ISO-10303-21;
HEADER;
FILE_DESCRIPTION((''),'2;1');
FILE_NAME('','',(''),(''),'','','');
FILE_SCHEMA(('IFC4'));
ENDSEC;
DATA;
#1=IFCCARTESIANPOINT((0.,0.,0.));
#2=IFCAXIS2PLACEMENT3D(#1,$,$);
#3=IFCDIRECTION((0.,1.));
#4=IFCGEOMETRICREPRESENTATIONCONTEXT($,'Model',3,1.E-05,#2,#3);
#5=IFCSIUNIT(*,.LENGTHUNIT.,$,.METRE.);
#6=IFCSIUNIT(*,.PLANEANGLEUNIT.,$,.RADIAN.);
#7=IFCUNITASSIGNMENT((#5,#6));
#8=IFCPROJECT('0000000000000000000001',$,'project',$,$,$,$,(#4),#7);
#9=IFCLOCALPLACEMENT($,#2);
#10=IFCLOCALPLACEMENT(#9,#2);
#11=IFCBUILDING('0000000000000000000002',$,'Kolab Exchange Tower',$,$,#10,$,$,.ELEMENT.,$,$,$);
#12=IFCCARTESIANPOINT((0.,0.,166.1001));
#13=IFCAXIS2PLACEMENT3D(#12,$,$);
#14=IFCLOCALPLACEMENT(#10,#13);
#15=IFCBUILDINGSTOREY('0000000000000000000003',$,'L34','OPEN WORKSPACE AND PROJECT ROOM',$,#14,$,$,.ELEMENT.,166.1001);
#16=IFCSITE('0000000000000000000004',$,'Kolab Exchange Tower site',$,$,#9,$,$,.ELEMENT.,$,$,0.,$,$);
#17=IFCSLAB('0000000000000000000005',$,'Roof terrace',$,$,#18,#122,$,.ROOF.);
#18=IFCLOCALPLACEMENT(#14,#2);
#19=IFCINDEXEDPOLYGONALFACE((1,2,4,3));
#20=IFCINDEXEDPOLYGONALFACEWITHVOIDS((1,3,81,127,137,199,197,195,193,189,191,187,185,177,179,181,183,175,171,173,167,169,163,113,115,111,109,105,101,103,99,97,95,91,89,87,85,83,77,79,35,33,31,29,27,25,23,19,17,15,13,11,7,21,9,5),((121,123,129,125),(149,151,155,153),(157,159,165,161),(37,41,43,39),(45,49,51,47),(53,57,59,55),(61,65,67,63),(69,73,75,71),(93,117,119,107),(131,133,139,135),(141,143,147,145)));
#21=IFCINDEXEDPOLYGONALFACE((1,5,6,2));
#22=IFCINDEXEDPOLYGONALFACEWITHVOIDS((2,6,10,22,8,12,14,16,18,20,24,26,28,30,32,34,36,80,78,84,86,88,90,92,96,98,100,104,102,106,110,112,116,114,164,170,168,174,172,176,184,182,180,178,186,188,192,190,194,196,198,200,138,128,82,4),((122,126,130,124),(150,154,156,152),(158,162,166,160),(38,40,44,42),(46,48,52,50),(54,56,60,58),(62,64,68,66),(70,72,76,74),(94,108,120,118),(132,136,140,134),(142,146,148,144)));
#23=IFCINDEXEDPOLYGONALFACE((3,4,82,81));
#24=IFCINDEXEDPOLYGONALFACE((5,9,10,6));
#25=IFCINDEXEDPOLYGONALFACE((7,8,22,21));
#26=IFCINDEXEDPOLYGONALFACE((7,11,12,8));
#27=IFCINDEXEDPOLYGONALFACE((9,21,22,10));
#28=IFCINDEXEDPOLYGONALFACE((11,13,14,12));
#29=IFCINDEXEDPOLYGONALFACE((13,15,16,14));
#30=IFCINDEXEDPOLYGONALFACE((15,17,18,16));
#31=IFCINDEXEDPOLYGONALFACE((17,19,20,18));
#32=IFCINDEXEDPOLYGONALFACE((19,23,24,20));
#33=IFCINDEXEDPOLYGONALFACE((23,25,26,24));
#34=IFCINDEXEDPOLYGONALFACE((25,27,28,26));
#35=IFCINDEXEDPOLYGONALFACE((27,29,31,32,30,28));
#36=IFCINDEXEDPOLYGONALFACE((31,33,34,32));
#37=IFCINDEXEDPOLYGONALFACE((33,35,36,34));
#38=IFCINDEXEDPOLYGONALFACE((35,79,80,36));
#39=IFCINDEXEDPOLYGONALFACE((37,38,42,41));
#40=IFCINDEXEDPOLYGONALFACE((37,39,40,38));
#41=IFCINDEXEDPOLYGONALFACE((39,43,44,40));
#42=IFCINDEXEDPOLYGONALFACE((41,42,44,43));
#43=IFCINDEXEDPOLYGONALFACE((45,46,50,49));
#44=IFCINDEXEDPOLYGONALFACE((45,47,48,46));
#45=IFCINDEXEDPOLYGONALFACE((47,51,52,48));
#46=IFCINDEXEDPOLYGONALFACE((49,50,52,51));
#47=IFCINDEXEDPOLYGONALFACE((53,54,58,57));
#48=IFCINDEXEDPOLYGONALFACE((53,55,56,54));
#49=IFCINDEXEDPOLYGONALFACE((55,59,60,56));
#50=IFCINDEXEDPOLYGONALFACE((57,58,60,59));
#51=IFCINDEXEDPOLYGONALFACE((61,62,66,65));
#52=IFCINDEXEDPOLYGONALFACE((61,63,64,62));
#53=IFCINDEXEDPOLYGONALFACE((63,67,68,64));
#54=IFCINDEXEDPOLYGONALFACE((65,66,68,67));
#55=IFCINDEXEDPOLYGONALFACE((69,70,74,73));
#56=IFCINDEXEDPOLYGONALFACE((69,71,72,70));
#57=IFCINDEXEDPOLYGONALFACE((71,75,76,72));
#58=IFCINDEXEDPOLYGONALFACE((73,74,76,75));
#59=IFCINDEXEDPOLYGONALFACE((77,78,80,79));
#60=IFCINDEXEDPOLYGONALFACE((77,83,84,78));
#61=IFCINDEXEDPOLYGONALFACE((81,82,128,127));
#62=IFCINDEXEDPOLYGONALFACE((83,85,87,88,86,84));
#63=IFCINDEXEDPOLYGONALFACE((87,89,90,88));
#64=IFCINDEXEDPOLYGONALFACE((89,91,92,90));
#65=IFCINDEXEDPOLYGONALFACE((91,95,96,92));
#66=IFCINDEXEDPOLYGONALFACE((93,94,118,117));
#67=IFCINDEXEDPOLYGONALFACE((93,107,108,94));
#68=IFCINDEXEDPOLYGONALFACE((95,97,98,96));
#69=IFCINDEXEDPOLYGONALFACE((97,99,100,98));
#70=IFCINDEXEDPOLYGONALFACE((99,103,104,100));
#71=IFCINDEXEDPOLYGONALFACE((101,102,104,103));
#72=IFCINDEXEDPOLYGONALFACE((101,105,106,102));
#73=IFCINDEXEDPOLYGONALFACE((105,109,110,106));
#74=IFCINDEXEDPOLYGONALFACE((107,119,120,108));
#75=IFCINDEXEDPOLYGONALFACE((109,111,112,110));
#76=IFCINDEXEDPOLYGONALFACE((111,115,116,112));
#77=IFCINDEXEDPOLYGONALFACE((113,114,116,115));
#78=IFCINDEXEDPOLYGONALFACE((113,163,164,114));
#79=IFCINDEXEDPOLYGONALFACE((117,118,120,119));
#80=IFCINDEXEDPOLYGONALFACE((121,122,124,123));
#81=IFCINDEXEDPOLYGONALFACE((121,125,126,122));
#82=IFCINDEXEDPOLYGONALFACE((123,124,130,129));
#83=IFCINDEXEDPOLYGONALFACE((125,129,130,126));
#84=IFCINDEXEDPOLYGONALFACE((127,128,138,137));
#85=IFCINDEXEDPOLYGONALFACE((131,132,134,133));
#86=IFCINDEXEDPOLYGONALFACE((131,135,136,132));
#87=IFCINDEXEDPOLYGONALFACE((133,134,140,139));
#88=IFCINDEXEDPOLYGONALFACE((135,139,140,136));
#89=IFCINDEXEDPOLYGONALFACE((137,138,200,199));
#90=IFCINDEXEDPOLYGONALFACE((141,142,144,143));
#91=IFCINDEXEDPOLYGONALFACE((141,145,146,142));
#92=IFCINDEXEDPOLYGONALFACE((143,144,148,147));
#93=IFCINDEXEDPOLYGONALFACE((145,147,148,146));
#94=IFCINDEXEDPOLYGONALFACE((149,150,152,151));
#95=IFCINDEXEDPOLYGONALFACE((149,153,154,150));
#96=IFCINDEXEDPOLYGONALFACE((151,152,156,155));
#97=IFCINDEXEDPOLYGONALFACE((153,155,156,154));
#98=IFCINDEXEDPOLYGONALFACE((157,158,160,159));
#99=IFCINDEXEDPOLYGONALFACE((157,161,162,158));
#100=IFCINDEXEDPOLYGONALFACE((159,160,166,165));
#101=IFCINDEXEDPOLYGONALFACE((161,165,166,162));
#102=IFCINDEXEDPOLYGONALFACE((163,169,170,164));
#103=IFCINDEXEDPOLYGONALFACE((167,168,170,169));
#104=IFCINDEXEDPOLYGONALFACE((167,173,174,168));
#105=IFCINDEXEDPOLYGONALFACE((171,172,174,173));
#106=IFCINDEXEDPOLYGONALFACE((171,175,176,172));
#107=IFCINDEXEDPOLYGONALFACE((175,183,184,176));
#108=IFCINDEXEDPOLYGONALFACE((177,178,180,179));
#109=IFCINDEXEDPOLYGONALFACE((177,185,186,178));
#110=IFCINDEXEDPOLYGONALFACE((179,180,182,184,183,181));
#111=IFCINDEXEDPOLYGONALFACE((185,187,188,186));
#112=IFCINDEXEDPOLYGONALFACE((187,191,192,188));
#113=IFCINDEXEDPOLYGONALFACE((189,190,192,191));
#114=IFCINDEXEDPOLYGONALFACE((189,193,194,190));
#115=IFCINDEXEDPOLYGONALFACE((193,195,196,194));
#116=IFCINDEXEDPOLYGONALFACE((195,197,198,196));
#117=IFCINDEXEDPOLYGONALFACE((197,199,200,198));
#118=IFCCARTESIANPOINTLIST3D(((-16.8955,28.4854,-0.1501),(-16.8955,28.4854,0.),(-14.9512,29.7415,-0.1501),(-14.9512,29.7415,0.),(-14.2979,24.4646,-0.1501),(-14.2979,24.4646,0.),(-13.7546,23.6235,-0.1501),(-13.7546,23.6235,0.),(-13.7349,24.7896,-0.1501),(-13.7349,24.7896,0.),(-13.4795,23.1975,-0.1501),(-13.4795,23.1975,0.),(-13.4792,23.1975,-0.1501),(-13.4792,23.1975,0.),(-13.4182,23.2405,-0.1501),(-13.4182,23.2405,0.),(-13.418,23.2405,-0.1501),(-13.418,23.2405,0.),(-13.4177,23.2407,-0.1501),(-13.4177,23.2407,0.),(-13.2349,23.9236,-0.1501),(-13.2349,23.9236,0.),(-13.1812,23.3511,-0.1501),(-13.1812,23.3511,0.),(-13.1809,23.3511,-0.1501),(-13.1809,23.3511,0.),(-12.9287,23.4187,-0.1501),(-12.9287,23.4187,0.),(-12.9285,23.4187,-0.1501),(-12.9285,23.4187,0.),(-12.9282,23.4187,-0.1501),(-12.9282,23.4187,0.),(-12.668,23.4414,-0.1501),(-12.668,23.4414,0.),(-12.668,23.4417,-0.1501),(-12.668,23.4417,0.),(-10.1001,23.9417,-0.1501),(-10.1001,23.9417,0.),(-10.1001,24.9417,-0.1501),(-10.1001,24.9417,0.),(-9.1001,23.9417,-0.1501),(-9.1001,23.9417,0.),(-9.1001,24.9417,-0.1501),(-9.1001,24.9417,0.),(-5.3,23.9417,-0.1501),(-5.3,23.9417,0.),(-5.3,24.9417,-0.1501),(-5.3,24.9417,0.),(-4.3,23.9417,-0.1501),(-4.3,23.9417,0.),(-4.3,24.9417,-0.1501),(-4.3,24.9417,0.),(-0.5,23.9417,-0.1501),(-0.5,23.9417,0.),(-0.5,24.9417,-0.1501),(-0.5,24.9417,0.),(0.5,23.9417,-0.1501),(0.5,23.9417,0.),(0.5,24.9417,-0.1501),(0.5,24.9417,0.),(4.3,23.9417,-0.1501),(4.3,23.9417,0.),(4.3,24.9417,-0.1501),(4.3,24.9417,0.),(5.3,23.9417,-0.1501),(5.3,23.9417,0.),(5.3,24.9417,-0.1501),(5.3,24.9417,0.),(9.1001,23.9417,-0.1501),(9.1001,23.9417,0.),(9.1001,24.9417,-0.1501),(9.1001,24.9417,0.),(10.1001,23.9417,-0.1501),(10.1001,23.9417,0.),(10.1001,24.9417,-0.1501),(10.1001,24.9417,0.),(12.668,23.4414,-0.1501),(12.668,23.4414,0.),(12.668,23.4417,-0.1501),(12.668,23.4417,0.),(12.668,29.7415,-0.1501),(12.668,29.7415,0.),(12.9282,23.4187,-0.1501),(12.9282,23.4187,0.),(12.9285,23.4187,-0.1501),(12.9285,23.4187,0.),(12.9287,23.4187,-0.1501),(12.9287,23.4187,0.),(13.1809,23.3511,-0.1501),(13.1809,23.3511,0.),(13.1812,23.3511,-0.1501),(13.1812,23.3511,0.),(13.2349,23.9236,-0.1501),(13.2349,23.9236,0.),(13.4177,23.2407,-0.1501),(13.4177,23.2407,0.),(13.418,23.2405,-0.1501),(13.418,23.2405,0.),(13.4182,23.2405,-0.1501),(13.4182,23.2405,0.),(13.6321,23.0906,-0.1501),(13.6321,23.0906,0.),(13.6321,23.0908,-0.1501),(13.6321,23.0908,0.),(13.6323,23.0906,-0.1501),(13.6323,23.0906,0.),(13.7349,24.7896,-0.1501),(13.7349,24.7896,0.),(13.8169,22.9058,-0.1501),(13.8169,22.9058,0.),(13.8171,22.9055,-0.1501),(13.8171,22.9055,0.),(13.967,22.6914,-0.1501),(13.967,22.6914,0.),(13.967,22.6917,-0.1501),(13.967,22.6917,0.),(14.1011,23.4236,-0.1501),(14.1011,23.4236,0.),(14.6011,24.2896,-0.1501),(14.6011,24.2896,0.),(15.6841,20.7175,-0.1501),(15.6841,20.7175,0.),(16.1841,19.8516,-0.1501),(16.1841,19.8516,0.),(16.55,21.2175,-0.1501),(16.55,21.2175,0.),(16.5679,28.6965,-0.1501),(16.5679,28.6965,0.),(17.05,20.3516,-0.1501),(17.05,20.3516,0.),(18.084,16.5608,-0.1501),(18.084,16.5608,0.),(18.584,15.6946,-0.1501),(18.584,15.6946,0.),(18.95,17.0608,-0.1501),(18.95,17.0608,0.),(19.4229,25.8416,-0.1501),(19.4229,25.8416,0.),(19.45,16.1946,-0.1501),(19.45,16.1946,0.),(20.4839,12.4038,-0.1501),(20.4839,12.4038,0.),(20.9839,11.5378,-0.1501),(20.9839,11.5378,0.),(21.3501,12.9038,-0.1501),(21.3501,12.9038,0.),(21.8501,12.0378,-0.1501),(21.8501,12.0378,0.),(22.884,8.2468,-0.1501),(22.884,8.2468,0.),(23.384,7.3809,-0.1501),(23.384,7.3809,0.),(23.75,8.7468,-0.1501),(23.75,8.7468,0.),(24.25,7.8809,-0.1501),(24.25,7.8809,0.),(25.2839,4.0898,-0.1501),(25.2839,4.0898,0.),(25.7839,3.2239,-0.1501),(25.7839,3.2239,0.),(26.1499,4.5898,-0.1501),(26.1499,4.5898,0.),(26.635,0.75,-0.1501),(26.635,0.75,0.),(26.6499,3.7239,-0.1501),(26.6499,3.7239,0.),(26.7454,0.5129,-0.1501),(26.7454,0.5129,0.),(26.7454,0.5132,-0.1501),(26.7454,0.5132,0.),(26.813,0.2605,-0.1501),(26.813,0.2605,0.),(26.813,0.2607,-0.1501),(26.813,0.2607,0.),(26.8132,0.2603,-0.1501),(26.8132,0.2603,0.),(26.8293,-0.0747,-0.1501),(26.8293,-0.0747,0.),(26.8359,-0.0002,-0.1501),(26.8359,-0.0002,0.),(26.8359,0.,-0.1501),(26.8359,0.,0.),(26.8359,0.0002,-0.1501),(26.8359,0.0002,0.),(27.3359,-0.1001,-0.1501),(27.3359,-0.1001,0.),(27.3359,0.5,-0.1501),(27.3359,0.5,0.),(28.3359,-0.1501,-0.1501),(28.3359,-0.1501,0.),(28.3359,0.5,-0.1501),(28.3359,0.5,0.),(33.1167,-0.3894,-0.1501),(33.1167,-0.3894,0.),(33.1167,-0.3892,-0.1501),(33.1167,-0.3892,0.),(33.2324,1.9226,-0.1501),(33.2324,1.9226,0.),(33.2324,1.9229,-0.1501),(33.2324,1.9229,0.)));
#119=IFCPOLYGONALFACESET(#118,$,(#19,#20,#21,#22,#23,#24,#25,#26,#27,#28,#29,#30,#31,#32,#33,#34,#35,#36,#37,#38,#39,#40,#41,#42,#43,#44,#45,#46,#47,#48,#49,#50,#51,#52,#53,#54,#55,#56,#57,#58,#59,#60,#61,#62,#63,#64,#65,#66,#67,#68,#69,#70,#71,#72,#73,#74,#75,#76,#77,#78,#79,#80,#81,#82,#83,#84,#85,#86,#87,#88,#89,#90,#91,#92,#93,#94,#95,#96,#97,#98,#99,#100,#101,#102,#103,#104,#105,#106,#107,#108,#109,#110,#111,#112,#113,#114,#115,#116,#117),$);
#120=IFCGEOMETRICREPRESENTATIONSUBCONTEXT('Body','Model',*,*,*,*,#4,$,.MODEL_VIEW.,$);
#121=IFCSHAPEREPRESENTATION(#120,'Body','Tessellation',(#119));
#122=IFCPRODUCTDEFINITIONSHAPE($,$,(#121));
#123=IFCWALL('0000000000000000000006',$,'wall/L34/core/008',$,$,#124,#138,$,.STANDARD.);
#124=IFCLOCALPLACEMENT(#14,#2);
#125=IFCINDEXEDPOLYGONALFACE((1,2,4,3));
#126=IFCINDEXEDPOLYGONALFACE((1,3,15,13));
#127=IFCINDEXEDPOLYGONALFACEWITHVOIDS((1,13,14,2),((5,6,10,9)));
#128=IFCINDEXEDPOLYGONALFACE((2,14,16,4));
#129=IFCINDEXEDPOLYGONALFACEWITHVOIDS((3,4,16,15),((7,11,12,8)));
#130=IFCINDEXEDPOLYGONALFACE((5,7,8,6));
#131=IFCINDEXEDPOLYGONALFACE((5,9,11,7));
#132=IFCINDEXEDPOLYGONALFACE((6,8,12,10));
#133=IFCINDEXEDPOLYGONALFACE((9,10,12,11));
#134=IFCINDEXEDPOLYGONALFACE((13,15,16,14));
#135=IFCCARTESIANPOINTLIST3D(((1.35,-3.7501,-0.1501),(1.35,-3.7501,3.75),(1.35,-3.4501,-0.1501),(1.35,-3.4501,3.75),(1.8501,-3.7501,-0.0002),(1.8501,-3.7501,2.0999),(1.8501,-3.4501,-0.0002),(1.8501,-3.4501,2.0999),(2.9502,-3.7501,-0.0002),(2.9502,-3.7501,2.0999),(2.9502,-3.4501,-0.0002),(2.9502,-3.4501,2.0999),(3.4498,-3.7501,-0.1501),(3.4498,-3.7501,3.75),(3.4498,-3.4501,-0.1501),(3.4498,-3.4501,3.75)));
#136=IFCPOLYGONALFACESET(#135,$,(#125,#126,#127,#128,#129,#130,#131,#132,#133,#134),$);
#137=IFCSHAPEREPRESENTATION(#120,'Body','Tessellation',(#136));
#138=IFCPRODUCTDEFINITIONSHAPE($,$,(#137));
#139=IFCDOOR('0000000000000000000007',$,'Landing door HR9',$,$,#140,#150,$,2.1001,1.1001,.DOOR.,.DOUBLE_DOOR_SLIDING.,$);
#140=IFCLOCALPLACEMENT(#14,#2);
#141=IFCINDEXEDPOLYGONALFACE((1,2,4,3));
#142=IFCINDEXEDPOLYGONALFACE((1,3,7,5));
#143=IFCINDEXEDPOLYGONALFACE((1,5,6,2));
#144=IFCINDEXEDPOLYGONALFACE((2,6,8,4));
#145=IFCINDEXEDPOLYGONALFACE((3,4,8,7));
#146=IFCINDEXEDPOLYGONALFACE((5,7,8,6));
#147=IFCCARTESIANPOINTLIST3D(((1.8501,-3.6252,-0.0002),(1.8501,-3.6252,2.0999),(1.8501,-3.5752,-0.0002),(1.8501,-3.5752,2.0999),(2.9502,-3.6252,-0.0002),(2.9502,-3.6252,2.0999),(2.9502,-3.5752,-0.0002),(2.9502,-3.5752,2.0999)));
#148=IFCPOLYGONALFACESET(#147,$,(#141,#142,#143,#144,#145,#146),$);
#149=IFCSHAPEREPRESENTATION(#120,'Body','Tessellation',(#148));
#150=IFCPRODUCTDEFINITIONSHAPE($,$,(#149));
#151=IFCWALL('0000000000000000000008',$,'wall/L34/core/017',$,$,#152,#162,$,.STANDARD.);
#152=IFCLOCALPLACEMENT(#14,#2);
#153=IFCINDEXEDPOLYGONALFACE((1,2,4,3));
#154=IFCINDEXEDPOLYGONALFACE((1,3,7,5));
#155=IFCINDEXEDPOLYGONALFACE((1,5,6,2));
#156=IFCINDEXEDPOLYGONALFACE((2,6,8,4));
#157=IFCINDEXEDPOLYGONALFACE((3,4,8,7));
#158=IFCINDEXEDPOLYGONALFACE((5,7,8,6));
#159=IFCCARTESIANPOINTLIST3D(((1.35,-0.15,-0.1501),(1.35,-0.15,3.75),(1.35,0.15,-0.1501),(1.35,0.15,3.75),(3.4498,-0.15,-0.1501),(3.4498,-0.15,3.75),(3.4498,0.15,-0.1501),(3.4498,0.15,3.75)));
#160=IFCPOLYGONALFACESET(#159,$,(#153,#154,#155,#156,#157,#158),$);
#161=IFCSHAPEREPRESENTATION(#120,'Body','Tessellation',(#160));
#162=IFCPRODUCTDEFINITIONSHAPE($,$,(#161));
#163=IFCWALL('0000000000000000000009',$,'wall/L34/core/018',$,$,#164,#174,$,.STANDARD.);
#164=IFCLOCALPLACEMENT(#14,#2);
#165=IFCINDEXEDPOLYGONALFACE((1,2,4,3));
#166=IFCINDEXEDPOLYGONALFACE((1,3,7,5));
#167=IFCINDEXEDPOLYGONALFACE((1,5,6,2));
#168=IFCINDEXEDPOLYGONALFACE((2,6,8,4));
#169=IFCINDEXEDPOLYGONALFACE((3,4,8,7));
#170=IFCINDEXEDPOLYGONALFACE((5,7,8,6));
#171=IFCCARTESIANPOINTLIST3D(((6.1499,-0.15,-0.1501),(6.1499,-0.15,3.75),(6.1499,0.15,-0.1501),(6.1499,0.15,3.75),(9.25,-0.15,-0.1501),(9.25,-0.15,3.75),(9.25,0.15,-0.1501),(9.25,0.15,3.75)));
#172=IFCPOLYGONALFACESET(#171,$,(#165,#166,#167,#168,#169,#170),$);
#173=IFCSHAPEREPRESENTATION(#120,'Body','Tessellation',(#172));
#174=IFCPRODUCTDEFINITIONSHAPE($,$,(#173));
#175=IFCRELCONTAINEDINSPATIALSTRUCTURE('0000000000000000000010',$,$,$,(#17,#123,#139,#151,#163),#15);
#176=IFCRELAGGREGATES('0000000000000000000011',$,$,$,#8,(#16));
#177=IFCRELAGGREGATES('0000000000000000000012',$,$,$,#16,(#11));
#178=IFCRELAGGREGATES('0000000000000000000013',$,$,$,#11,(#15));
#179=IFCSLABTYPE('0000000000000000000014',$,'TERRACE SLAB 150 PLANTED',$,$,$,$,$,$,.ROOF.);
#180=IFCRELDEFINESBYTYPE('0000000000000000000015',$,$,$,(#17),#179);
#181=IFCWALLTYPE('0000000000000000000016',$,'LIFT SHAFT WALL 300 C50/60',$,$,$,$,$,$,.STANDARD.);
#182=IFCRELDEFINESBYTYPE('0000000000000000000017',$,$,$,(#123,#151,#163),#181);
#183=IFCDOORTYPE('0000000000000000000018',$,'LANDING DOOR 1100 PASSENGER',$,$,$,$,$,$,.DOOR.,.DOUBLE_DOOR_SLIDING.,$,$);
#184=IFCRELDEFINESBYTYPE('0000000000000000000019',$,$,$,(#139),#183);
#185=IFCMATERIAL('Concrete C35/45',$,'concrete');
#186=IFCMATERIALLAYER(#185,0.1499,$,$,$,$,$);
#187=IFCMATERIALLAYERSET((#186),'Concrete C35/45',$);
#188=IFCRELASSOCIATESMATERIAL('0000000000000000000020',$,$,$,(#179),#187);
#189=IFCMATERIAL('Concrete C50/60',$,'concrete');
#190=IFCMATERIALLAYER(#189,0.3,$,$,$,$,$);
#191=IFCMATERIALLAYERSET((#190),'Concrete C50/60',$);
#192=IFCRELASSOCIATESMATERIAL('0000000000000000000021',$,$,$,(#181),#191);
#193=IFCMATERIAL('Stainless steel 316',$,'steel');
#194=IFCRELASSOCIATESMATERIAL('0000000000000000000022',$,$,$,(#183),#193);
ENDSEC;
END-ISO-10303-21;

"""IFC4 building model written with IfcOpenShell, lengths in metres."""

from ifc_helpers import new_model, si_unit, direction, frame, frame_2d, origin, place, context, subcontext, project, spatial, polyline, rectangle, outline, extrude, material, layer, layer_set, type_object, element, fill, save


model = new_model("IFC4")

# Units and contexts
model_context = context("Model", 3, precision=1e-05, world=origin(), true_north=direction((0.0, 1.0)))
body_context = subcontext(model_context, "Body", "Model", "MODEL_VIEW")
ifc_project = project(units=[si_unit("LENGTHUNIT", "METRE"), si_unit("PLANEANGLEUNIT", "RADIAN")], contexts=[model_context])

# Site, building, storey
site_placement = place(None, origin())
site = spatial("IfcSite", under=ifc_project, at=site_placement, Name="Kolab Exchange Tower site", CompositionType="ELEMENT", RefElevation=0.0)
building_placement = place(site_placement, origin())
building = spatial("IfcBuilding", under=site, at=building_placement, Name="Kolab Exchange Tower", CompositionType="ELEMENT")
storey_placement = place(building_placement, frame((0.0, 0.0, 166.1001)))
storey = spatial("IfcBuildingStorey", under=building, at=storey_placement, Name="L34", Description="OPEN WORKSPACE AND PROJECT ROOM", CompositionType="ELEMENT", Elevation=166.1001)

# Shared definitions
ifc_material_1 = material(Name="Concrete C35/45", Category="concrete")

# Shared definitions
ifc_material_2 = material(Name="Concrete C50/60", Category="concrete")

# Slab
ifc_layer_1 = layer(ifc_material_1, 0.1499)
ifc_layer_set_1 = layer_set([ifc_layer_1], Name="Concrete C35/45")
slab_type_1 = type_object("IfcSlabType", Name="TERRACE SLAB 150 PLANTED", PredefinedType="ROOF", material=ifc_layer_set_1)
slab_1_placement = place(storey_placement, frame((0.0, 0.0, -0.1501)))
element("IfcSlab", 1, at=slab_1_placement, inside=storey, type_object=slab_type_1, Name="Roof terrace", PredefinedType="ROOF", context=body_context, shape_type="SweptSolid", body=[
    extrude(outline(polyline([(-16.8955, 28.4854), (-14.2979, 24.4646), (-13.7349, 24.7896), (-13.2349, 23.9236), (-13.7546, 23.6235), (-13.4795, 23.1975), (-13.4792, 23.1975), (-13.4182, 23.2405), (-13.418, 23.2405), (-13.4177, 23.2407), (-13.1812, 23.3511), (-13.1809, 23.3511), (-12.9287, 23.4187), (-12.9285, 23.4187), (-12.9282, 23.4187), (-12.668, 23.4414), (-12.668, 23.4417), (12.668, 23.4417), (12.668, 23.4414), (12.9282, 23.4187), (12.9285, 23.4187), (12.9287, 23.4187), (13.1809, 23.3511), (13.1812, 23.3511), (13.4177, 23.2407), (13.418, 23.2405), (13.4182, 23.2405), (13.6321, 23.0908), (13.6321, 23.0906), (13.6323, 23.0906), (13.8169, 22.9058), (13.8171, 22.9055), (13.967, 22.6917), (13.967, 22.6914), (26.635, 0.75), (26.7454, 0.5132), (26.7454, 0.5129), (26.813, 0.2607), (26.813, 0.2605), (26.8132, 0.2603), (26.8359, 0.0002), (26.8359, 0.0), (26.8359, -0.0002), (26.8293, -0.0747), (27.3359, -0.1001), (27.3359, 0.5), (28.3359, 0.5), (28.3359, -0.1501), (33.1167, -0.3894), (33.1167, -0.3892), (33.2324, 1.9226), (33.2324, 1.9229), (19.4229, 25.8416), (16.5679, 28.6965), (12.668, 29.7415), (-14.9512, 29.7415), (-16.8955, 28.4854)]), holes=[polyline([(-10.1001, 23.9417), (-10.1001, 24.9417), (-9.1001, 24.9417), (-9.1001, 23.9417), (-10.1001, 23.9417)]), polyline([(-5.3, 23.9417), (-5.3, 24.9417), (-4.3, 24.9417), (-4.3, 23.9417), (-5.3, 23.9417)]), polyline([(-0.5, 24.9417), (0.5, 24.9417), (0.5, 23.9417), (-0.5, 23.9417), (-0.5, 24.9417)]), polyline([(4.3, 23.9417), (4.3, 24.9417), (5.3, 24.9417), (5.3, 23.9417), (4.3, 23.9417)]), polyline([(25.2839, 4.0898), (26.1499, 4.5898), (26.6499, 3.7239), (25.7839, 3.2239), (25.2839, 4.0898)]), polyline([(22.884, 8.2468), (23.75, 8.7468), (24.25, 7.8809), (23.384, 7.3809), (22.884, 8.2468)]), polyline([(20.4839, 12.4038), (21.3501, 12.9038), (21.8501, 12.0378), (20.9839, 11.5378), (20.4839, 12.4038)]), polyline([(18.084, 16.5608), (18.95, 17.0608), (19.45, 16.1946), (18.584, 15.6946), (18.084, 16.5608)]), polyline([(15.6841, 20.7175), (16.55, 21.2175), (17.05, 20.3516), (16.1841, 19.8516), (15.6841, 20.7175)]), polyline([(13.2349, 23.9236), (13.7349, 24.7896), (14.6011, 24.2896), (14.1011, 23.4236), (13.2349, 23.9236)]), polyline([(9.1001, 24.9417), (10.1001, 24.9417), (10.1001, 23.9417), (9.1001, 23.9417), (9.1001, 24.9417)])]), origin(), (0.0, 0.0, 1.0), 0.1501),
])

# Wall, opening, door
ifc_layer_2 = layer(ifc_material_2, 0.3)
ifc_layer_set_2 = layer_set([ifc_layer_2], Name="Concrete C50/60")
wall_type_1 = type_object("IfcWallType", Name="LIFT SHAFT WALL 300 C50/60", PredefinedType="STANDARD", material=ifc_layer_set_2)
wall_1_placement = place(storey_placement, frame((1.3501, -3.6001, -0.1501), z_axis=(0.0, 0.0, 1.0), x_axis=(1.0, 0.0, 0.0)))
wall_1 = element("IfcWall", 2, at=wall_1_placement, inside=storey, type_object=wall_type_1, Name="wall/L34/core/008", PredefinedType="STANDARD", context=body_context, shape_type="SweptSolid", body=[
    extrude(rectangle(XDim=2.0999, YDim=0.3, at=frame_2d((1.0498, 0.0))), origin(), (0.0, 0.0, 1.0), 3.9001),
])
opening_1_placement = place(wall_1_placement, frame((0.5, 0.0, 0.1499)))
opening_1 = element("IfcOpeningElement", 3, at=opening_1_placement, cuts=wall_1, PredefinedType="OPENING", context=body_context, shape_type="SweptSolid", body=[
    extrude(rectangle(XDim=1.1001, YDim=2.1001, at=frame_2d((0.55, 1.05))), frame((0.0, 0.1602, 0.0), z_axis=(0.0, -1.0, 0.0), x_axis=(1.0, 0.0, 0.0)), (0.0, 0.0, 1.0), 0.3201),
])
ifc_material_3 = material(Name="Stainless steel 316", Category="steel")
door_type_1 = type_object("IfcDoorType", Name="LANDING DOOR 1100 PASSENGER", OperationType="DOUBLE_DOOR_SLIDING", PredefinedType="DOOR", material=ifc_material_3)
door_1_placement = place(opening_1_placement, origin())
door_1 = element("IfcDoor", 4, at=door_1_placement, inside=storey, type_object=door_type_1, Name="Landing door HR9", OperationType="DOUBLE_DOOR_SLIDING", OverallHeight=2.1001, OverallWidth=1.1001, PredefinedType="DOOR", context=body_context, shape_type="SweptSolid", body=[
    extrude(rectangle(XDim=1.1001, YDim=2.1001, at=frame_2d((0.55, 1.05))), frame((0.0, 0.0249, 0.0), z_axis=(0.0, -1.0, 0.0), x_axis=(1.0, 0.0, 0.0)), (0.0, 0.0, 1.0), 0.05),
])
fill(opening_1, door_1)

# Walls
wall_2_placement = place(storey_placement, frame((1.3501, 0.0, -0.1501), z_axis=(0.0, 0.0, 1.0), x_axis=(1.0, 0.0, 0.0)))
element("IfcWall", 5, at=wall_2_placement, inside=storey, type_object=wall_type_1, Name="wall/L34/core/017", PredefinedType="STANDARD", context=body_context, shape_type="SweptSolid", body=[
    extrude(rectangle(XDim=2.0999, YDim=0.3, at=frame_2d((1.0498, 0.0))), origin(), (0.0, 0.0, 1.0), 3.9001),
])
wall_3_placement = place(storey_placement, frame((6.1499, 0.0, -0.1501), z_axis=(0.0, 0.0, 1.0), x_axis=(1.0, 0.0, 0.0)))
element("IfcWall", 6, at=wall_3_placement, inside=storey, type_object=wall_type_1, Name="wall/L34/core/018", PredefinedType="STANDARD", context=body_context, shape_type="SweptSolid", body=[
    extrude(rectangle(XDim=3.1001, YDim=0.3, at=frame_2d((1.55, 0.0))), origin(), (0.0, 0.0, 1.0), 3.9001),
])

save(model, "model.ifc")
